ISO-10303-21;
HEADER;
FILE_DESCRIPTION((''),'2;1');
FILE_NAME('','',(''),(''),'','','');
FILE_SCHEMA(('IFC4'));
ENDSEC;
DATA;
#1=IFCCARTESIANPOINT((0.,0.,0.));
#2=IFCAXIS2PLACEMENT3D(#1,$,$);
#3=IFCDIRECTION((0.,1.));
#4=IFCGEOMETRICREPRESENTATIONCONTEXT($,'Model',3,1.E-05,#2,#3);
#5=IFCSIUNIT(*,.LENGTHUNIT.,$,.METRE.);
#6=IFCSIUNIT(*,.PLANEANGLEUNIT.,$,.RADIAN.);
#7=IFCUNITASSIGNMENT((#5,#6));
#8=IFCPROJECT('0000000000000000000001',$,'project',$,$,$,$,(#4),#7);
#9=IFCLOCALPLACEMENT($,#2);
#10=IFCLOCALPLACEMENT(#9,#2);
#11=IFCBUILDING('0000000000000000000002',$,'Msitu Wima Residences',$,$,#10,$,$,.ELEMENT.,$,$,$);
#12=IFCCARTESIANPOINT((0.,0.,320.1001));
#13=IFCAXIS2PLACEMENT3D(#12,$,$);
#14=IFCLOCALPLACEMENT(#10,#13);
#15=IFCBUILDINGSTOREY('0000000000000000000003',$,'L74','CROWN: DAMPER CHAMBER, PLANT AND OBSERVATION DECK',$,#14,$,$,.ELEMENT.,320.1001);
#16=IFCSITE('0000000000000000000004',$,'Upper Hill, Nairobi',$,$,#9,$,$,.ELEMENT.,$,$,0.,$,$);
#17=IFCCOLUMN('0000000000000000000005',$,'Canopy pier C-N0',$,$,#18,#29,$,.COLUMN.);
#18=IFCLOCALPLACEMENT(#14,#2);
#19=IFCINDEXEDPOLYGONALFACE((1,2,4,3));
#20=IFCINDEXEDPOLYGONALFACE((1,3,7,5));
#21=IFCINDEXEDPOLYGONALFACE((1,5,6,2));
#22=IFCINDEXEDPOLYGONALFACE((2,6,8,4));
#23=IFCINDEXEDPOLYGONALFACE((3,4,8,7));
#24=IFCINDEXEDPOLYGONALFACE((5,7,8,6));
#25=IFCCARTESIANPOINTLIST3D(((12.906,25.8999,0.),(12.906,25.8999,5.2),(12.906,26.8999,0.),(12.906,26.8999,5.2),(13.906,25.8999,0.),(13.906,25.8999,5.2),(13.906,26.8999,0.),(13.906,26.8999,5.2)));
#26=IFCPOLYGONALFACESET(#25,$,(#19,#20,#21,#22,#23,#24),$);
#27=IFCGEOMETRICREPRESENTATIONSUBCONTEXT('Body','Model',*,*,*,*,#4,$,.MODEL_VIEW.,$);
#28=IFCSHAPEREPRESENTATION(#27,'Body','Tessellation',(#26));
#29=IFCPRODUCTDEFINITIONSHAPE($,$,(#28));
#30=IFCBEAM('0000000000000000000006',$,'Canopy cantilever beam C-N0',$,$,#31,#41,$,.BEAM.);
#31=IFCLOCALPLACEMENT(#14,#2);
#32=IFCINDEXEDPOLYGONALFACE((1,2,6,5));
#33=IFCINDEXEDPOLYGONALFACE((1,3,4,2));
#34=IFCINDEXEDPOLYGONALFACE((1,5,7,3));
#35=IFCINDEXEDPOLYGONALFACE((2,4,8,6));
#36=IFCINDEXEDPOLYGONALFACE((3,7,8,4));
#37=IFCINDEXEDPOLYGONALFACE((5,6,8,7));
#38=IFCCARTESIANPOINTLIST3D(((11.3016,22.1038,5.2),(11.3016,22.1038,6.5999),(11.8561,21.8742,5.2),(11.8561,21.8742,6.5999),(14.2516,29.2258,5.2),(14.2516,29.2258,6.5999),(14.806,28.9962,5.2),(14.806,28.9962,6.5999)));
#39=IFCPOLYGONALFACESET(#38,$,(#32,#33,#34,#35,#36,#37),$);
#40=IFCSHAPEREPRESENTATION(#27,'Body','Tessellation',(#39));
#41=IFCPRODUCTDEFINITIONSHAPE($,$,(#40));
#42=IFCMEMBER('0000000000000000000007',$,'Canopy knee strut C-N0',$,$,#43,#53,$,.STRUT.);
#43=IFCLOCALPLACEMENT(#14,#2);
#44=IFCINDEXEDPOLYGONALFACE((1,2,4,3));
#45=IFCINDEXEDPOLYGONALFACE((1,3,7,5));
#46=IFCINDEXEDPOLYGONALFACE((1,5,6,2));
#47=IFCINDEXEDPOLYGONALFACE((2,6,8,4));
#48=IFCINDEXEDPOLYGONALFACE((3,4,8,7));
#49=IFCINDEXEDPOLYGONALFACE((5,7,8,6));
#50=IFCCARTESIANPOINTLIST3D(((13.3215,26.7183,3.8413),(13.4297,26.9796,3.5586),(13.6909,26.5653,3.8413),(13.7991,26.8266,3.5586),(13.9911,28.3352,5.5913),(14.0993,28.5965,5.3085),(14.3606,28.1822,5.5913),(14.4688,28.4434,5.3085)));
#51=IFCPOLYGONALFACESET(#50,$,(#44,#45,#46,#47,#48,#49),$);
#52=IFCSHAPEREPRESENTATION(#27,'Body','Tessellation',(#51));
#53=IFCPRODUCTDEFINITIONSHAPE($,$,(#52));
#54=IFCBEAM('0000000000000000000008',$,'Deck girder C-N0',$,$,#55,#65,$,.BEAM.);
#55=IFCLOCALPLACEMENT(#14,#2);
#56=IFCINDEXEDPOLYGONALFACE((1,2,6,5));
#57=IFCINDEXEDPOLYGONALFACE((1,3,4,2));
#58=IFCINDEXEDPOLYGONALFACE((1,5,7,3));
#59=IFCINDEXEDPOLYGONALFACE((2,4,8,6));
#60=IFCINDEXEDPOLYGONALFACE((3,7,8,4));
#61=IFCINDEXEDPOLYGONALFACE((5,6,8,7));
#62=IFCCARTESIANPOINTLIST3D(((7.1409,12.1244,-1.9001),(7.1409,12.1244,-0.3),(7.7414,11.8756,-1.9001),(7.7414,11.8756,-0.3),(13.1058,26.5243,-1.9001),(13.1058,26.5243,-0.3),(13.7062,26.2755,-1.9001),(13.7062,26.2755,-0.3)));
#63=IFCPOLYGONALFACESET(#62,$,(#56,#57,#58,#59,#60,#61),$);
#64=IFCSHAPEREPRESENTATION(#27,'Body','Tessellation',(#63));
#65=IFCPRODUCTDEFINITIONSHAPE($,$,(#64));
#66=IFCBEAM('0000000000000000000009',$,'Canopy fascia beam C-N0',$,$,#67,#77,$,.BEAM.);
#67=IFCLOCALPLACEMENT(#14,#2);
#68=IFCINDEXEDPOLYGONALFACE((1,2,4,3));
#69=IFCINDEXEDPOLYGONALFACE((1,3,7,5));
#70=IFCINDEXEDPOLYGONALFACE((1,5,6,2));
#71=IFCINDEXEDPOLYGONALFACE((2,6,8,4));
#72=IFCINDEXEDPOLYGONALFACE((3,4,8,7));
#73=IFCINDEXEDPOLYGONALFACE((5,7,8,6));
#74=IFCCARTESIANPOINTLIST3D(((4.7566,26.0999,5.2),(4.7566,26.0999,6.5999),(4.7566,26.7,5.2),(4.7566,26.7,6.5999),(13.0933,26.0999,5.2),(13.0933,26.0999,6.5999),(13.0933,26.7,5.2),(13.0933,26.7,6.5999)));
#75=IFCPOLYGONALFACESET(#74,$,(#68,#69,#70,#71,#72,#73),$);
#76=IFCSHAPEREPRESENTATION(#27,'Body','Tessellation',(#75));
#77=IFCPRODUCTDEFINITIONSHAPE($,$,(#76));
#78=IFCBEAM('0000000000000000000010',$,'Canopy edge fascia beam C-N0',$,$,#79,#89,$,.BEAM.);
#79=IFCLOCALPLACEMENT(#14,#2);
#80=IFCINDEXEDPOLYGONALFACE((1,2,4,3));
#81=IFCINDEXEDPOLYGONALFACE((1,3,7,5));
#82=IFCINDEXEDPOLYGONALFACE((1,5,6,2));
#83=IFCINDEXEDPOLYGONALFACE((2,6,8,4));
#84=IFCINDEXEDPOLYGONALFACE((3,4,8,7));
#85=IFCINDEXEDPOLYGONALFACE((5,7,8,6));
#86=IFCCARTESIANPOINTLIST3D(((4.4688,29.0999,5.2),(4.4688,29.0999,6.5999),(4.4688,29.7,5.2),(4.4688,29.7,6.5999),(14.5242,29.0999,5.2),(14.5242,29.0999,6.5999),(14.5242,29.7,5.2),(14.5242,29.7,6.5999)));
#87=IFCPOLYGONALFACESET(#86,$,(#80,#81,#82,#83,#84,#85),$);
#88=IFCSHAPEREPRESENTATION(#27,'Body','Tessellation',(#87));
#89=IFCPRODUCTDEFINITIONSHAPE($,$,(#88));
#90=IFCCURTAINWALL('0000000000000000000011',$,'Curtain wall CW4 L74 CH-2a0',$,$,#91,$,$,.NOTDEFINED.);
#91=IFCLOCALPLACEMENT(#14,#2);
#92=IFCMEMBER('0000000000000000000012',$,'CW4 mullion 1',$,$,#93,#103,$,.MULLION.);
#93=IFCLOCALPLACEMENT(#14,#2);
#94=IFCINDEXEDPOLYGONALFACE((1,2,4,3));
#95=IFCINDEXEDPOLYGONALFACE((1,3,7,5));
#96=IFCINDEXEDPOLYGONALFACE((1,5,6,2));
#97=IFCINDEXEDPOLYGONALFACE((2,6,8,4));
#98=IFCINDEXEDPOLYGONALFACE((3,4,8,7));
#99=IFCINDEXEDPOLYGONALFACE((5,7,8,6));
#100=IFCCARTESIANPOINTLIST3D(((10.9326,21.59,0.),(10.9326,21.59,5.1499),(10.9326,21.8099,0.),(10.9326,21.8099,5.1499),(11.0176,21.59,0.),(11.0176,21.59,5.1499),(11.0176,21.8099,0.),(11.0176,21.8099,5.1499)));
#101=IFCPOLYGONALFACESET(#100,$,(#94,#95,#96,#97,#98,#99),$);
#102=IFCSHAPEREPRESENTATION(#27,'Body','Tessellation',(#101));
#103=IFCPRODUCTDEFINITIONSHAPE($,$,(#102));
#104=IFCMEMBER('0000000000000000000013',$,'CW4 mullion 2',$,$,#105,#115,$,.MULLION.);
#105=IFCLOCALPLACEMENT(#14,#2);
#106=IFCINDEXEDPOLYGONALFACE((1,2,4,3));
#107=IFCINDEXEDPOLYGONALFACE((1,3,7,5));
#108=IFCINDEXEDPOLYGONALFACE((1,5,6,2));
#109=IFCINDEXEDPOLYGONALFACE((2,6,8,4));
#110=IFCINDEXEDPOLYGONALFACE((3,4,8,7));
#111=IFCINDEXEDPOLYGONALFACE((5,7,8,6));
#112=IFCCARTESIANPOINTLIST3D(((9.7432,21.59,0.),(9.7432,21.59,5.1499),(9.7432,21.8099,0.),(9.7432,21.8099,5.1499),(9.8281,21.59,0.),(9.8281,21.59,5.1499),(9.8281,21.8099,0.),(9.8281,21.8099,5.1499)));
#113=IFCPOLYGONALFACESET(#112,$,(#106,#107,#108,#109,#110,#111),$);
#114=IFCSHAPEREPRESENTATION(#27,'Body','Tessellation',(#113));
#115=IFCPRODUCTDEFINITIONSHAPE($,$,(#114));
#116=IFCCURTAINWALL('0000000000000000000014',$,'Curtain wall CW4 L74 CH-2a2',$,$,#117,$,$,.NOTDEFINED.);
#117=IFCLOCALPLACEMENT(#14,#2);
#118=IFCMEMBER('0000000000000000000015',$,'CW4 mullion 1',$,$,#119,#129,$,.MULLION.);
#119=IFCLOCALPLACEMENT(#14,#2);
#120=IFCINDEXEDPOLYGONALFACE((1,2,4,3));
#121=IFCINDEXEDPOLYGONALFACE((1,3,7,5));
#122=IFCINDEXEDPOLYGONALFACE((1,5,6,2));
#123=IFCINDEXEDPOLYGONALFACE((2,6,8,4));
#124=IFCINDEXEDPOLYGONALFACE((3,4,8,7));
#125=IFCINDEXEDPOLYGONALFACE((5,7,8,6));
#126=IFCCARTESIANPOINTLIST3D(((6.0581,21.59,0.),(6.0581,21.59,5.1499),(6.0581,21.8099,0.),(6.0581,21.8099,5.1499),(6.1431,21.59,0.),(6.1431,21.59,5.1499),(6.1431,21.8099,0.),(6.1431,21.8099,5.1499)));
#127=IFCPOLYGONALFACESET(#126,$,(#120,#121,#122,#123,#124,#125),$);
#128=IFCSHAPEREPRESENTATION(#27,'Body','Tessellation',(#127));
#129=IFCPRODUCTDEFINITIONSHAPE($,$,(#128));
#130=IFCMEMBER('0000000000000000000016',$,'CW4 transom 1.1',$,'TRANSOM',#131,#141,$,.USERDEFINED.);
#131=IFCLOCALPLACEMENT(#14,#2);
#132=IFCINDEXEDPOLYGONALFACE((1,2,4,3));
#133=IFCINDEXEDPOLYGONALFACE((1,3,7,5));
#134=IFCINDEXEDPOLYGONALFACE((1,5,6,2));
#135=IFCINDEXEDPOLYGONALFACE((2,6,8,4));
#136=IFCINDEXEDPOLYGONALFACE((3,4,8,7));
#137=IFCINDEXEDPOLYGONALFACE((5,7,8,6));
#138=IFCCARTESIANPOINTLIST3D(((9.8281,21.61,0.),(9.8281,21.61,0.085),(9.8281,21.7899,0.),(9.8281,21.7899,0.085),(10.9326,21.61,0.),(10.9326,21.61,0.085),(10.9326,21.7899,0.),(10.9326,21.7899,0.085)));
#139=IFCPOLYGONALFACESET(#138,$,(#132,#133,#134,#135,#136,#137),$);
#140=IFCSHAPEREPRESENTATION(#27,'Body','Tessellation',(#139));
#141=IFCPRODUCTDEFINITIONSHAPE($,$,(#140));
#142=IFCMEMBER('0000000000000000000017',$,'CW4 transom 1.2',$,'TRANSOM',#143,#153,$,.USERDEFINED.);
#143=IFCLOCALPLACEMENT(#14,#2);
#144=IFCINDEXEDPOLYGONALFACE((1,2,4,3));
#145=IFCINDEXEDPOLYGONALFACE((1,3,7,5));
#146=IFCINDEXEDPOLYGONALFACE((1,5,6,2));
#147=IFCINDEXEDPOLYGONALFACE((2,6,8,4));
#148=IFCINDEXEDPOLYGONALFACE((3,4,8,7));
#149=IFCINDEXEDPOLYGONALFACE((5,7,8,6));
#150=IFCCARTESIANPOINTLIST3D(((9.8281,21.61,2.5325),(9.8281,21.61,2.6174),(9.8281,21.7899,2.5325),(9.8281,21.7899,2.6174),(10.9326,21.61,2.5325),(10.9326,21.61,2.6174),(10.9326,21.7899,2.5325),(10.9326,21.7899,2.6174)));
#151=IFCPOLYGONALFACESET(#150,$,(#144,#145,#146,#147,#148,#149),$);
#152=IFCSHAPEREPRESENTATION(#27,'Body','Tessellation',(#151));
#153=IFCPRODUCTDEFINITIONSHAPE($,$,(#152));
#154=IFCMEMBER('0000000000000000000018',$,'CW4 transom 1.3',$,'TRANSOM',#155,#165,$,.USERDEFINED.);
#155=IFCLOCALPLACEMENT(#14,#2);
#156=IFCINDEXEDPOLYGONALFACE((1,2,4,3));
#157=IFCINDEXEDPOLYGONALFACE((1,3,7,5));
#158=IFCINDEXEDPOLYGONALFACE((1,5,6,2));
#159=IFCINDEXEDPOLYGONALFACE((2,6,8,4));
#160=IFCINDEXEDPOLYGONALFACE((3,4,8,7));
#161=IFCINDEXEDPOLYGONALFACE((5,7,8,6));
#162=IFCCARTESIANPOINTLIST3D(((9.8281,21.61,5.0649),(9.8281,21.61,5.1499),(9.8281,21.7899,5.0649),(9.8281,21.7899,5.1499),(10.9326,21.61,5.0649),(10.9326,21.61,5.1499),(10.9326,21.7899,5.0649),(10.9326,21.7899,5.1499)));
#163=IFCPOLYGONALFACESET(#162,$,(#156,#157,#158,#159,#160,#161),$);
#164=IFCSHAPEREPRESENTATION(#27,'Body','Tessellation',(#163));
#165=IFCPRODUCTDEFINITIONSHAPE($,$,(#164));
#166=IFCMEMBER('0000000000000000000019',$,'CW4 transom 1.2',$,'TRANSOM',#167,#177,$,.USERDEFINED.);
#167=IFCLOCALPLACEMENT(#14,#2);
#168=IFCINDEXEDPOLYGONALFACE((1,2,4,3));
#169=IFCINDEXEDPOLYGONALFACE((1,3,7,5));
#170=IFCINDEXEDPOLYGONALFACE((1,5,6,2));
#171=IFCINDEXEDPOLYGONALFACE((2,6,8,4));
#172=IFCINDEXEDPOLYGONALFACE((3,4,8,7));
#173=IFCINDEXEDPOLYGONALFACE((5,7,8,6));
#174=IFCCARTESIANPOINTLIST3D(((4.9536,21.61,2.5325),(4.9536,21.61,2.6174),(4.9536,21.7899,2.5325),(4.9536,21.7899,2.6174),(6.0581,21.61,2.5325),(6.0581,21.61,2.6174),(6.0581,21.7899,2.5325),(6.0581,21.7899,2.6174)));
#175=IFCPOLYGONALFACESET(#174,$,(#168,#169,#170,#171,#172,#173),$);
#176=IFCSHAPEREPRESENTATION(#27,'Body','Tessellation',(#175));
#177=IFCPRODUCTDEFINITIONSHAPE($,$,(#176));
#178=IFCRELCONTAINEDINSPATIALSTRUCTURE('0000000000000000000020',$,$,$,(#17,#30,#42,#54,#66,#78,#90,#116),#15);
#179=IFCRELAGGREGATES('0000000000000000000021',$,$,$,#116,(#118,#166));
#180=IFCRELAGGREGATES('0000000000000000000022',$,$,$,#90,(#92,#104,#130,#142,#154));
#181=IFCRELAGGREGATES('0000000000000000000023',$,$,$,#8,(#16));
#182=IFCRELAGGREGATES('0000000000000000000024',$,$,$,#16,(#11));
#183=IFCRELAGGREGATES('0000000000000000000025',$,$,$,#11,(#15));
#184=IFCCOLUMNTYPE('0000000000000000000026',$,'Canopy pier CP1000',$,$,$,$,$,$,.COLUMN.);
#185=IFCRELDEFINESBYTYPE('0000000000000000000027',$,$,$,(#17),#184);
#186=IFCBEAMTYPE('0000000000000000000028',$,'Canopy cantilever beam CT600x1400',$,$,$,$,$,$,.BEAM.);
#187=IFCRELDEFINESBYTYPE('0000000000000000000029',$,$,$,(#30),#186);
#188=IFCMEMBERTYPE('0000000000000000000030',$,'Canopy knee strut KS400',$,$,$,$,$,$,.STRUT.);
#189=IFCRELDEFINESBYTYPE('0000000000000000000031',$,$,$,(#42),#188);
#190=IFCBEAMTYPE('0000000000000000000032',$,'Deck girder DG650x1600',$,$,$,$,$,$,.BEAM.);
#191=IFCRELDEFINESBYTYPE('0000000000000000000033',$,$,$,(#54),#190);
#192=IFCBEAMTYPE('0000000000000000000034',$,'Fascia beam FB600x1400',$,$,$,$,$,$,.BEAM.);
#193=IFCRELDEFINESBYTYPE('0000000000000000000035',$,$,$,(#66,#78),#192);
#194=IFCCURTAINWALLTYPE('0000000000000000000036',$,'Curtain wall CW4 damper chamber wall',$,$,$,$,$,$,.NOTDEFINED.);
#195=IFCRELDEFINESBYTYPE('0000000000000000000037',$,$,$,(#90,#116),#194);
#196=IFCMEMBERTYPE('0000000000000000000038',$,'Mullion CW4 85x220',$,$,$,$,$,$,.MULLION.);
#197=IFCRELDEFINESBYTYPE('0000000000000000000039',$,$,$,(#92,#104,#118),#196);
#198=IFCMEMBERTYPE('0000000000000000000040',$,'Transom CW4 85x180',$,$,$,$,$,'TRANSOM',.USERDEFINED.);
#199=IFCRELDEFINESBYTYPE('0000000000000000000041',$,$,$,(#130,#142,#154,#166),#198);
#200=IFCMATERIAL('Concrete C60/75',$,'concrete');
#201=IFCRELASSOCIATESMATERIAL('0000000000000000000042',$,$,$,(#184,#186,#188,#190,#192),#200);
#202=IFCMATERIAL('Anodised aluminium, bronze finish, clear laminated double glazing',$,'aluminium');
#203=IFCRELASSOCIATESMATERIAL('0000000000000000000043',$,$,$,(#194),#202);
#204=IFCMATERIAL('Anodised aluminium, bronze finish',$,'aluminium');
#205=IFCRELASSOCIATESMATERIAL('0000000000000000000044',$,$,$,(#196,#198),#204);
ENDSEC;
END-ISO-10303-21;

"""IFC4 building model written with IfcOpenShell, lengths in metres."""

from ifc_helpers import new_model, si_unit, direction, frame, origin, origin_2d, place, context, subcontext, project, spatial, rectangle, extrude, material, material_profile, profile_set, type_object, element, aggregate, save


model = new_model("IFC4")

# Units and contexts
model_context = context("Model", 3, precision=1e-05, world=origin(), true_north=direction((0.0, 1.0)))
body_context = subcontext(model_context, "Body", "Model", "MODEL_VIEW")
ifc_project = project(units=[si_unit("LENGTHUNIT", "METRE"), si_unit("PLANEANGLEUNIT", "RADIAN")], contexts=[model_context])

# Site, building, storey
site_placement = place(None, origin())
site = spatial("IfcSite", under=ifc_project, at=site_placement, Name="Upper Hill, Nairobi", CompositionType="ELEMENT", RefElevation=0.0)
building_placement = place(site_placement, origin())
building = spatial("IfcBuilding", under=site, at=building_placement, Name="Msitu Wima Residences", CompositionType="ELEMENT")
storey_placement = place(building_placement, frame((0.0, 0.0, 320.1001)))
storey = spatial("IfcBuildingStorey", under=building, at=storey_placement, Name="L74", Description="CROWN: DAMPER CHAMBER, PLANT AND OBSERVATION DECK", CompositionType="ELEMENT", Elevation=320.1001)

# Column
ifc_material_1 = material(Name="Concrete C60/75", Category="concrete")
ifc_material_profile_1 = material_profile(ifc_material_1, rectangle(XDim=1.0, YDim=1.0, at=origin_2d()), Name="RC 1000x1000")
ifc_profile_set_1 = profile_set([ifc_material_profile_1], Name="Concrete C60/75")
column_type = type_object("IfcColumnType", Name="Canopy pier CP1000", PredefinedType="COLUMN", material=ifc_profile_set_1)
column_placement = place(storey_placement, frame((13.406, 26.3999, 0.0), z_axis=(0.0, 0.0, 1.0), x_axis=(1.0, 0.0, 0.0)))
element("IfcColumn", 1, at=column_placement, inside=storey, type_object=column_type, Name="Canopy pier C-N0", PredefinedType="COLUMN", context=body_context, shape_type="SweptSolid", body=[
    extrude(rectangle(XDim=1.0, YDim=1.0, at=origin_2d()), origin(), (0.0, 0.0, 1.0), 5.2),
])

# Beam
ifc_material_profile_2 = material_profile(ifc_material_1, rectangle(XDim=0.6001, YDim=1.3999, at=origin_2d()), Name="RC 600x1400")
ifc_profile_set_2 = profile_set([ifc_material_profile_2], Name="Concrete C60/75")
beam_type_1 = type_object("IfcBeamType", Name="Canopy cantilever beam CT600x1400", PredefinedType="BEAM", material=ifc_profile_set_2)
beam_1_placement = place(storey_placement, frame((11.5789, 21.989, 5.8999), z_axis=(0.382672, 0.923884, 0.0), x_axis=(-0.923884, 0.382672, 0.0)))
element("IfcBeam", 2, at=beam_1_placement, inside=storey, type_object=beam_type_1, Name="Canopy cantilever beam C-N0", PredefinedType="BEAM", context=body_context, shape_type="SweptSolid", body=[
    extrude(rectangle(XDim=0.6001, YDim=1.3999, at=origin_2d()), origin(), (0.0, 0.0, 1.0), 7.7087),
])

# Member
ifc_material_profile_3 = material_profile(ifc_material_1, rectangle(XDim=0.3999, YDim=0.3999, at=origin_2d()), Name="RC 400x400")
ifc_profile_set_3 = profile_set([ifc_material_profile_3], Name="Concrete C60/75")
member_type_1 = type_object("IfcMemberType", Name="Canopy knee strut KS400", PredefinedType="STRUT", material=ifc_profile_set_3)
member_1_placement = place(storey_placement, frame((13.5603, 26.7725, 3.7), z_axis=(0.27058, 0.653318, 0.707079), x_axis=(-0.923896, 0.382643, 0.0)))
element("IfcMember", 3, at=member_1_placement, inside=storey, type_object=member_type_1, Name="Canopy knee strut C-N0", PredefinedType="STRUT", context=body_context, shape_type="SweptSolid", body=[
    extrude(rectangle(XDim=0.3999, YDim=0.3999, at=origin_2d()), origin(), (0.0, 0.0, 1.0), 2.4749),
])

# Beams
ifc_material_profile_4 = material_profile(ifc_material_1, rectangle(XDim=0.6499, YDim=1.6001, at=origin_2d()), Name="RC 650x1600")
ifc_profile_set_4 = profile_set([ifc_material_profile_4], Name="Concrete C60/75")
beam_type_2 = type_object("IfcBeamType", Name="Deck girder DG650x1600", PredefinedType="BEAM", material=ifc_profile_set_4)
beam_2_placement = place(storey_placement, frame((13.406, 26.3999, -1.1001), z_axis=(-0.382695, -0.923875, 0.0), x_axis=(0.923875, -0.382695, 0.0)))
element("IfcBeam", 4, at=beam_2_placement, inside=storey, type_object=beam_type_2, Name="Deck girder C-N0", PredefinedType="BEAM", context=body_context, shape_type="SweptSolid", body=[
    extrude(rectangle(XDim=0.6499, YDim=1.6001, at=origin_2d()), origin(), (0.0, 0.0, 1.0), 15.5864),
])
ifc_material_profile_5 = material_profile(ifc_material_1, rectangle(XDim=0.6001, YDim=1.3999, at=origin_2d()), Name="RC 600x1400")
ifc_profile_set_5 = profile_set([ifc_material_profile_5], Name="Concrete C60/75")
beam_type_3 = type_object("IfcBeamType", Name="Fascia beam FB600x1400", PredefinedType="BEAM", material=ifc_profile_set_5)
beam_3_placement = place(storey_placement, frame((13.0933, 26.3999, 5.8999), z_axis=(-1.0, 0.0, 0.0), x_axis=(0.0, -1.0, 0.0)))
element("IfcBeam", 5, at=beam_3_placement, inside=storey, type_object=beam_type_3, Name="Canopy fascia beam C-N0", PredefinedType="BEAM", context=body_context, shape_type="SweptSolid", body=[
    extrude(rectangle(XDim=0.6001, YDim=1.3999, at=origin_2d()), origin(), (0.0, 0.0, 1.0), 8.3367),
])
beam_4_placement = place(storey_placement, frame((14.5242, 29.3999, 5.8999), z_axis=(-1.0, 0.0, 0.0), x_axis=(0.0, -1.0, 0.0)))
element("IfcBeam", 6, at=beam_4_placement, inside=storey, type_object=beam_type_3, Name="Canopy edge fascia beam C-N0", PredefinedType="BEAM", context=body_context, shape_type="SweptSolid", body=[
    extrude(rectangle(XDim=0.6001, YDim=1.3999, at=origin_2d()), origin(), (0.0, 0.0, 1.0), 10.0554),
])

# Curtain wall, members
ifc_material_2 = material(Name="Anodised aluminium, bronze finish, clear laminated double glazing", Category="aluminium")
curtain_wall_type = type_object("IfcCurtainWallType", Name="Curtain wall CW4 damper chamber wall", PredefinedType="NOTDEFINED", material=ifc_material_2)
curtain_wall_1_placement = place(storey_placement, origin())
curtain_wall_1 = element("IfcCurtainWall", 7, at=curtain_wall_1_placement, inside=storey, type_object=curtain_wall_type, Name="Curtain wall CW4 L74 CH-2a0", PredefinedType="NOTDEFINED")
ifc_material_3 = material(Name="Anodised aluminium, bronze finish", Category="aluminium")
ifc_material_profile_6 = material_profile(ifc_material_3, rectangle(XDim=0.22, YDim=0.085, at=origin_2d()), Name="Mullion 85x220")
ifc_profile_set_6 = profile_set([ifc_material_profile_6], Name="Anodised aluminium, bronze finish")
member_type_2 = type_object("IfcMemberType", Name="Mullion CW4 85x220", PredefinedType="MULLION", material=ifc_profile_set_6)
member_2_placement = place(storey_placement, frame((10.9751, 21.7, 0.0), z_axis=(0.0, 0.0, 1.0), x_axis=(0.0, -1.0, 0.0)))
member_2 = element("IfcMember", 8, at=member_2_placement, type_object=member_type_2, Name="CW4 mullion 1", PredefinedType="MULLION", context=body_context, shape_type="SweptSolid", body=[
    extrude(rectangle(XDim=0.22, YDim=0.085, at=origin_2d()), origin(), (0.0, 0.0, 1.0), 5.1499),
])
member_3_placement = place(storey_placement, frame((9.7856, 21.7, 0.0), z_axis=(0.0, 0.0, 1.0), x_axis=(0.0, -1.0, 0.0)))
member_3 = element("IfcMember", 9, at=member_3_placement, type_object=member_type_2, Name="CW4 mullion 2", PredefinedType="MULLION", context=body_context, shape_type="SweptSolid", body=[
    extrude(rectangle(XDim=0.22, YDim=0.085, at=origin_2d()), origin(), (0.0, 0.0, 1.0), 5.1499),
])

# Curtain wall, member
curtain_wall_2_placement = place(storey_placement, origin())
curtain_wall_2 = element("IfcCurtainWall", 10, at=curtain_wall_2_placement, inside=storey, type_object=curtain_wall_type, Name="Curtain wall CW4 L74 CH-2a2", PredefinedType="NOTDEFINED")
member_4_placement = place(storey_placement, frame((6.1006, 21.7, 0.0), z_axis=(0.0, 0.0, 1.0), x_axis=(0.0, -1.0, 0.0)))
member_4 = element("IfcMember", 11, at=member_4_placement, type_object=member_type_2, Name="CW4 mullion 1", PredefinedType="MULLION", context=body_context, shape_type="SweptSolid", body=[
    extrude(rectangle(XDim=0.22, YDim=0.085, at=origin_2d()), origin(), (0.0, 0.0, 1.0), 5.1499),
])

# Members
ifc_material_profile_7 = material_profile(ifc_material_3, rectangle(XDim=0.1799, YDim=0.085, at=origin_2d()), Name="Transom 85x180")
ifc_profile_set_7 = profile_set([ifc_material_profile_7], Name="Anodised aluminium, bronze finish")
member_type_3 = type_object("IfcMemberType", Name="Transom CW4 85x180", ElementType="TRANSOM", PredefinedType="USERDEFINED", material=ifc_profile_set_7)
member_5_placement = place(storey_placement, frame((10.9326, 21.7, 0.0425), z_axis=(-1.0, 0.0, 0.0), x_axis=(0.0, -1.0, 0.0)))
member_5 = element("IfcMember", 12, at=member_5_placement, type_object=member_type_3, Name="CW4 transom 1.1", ObjectType="TRANSOM", PredefinedType="USERDEFINED", context=body_context, shape_type="SweptSolid", body=[
    extrude(rectangle(XDim=0.1799, YDim=0.085, at=origin_2d()), origin(), (0.0, 0.0, 1.0), 1.1045),
])
member_6_placement = place(storey_placement, frame((10.9326, 21.7, 2.575), z_axis=(-1.0, 0.0, 0.0), x_axis=(0.0, -1.0, 0.0)))
member_6 = element("IfcMember", 13, at=member_6_placement, type_object=member_type_3, Name="CW4 transom 1.2", ObjectType="TRANSOM", PredefinedType="USERDEFINED", context=body_context, shape_type="SweptSolid", body=[
    extrude(rectangle(XDim=0.1799, YDim=0.085, at=origin_2d()), origin(), (0.0, 0.0, 1.0), 1.1045),
])
member_7_placement = place(storey_placement, frame((10.9326, 21.7, 5.1074), z_axis=(-1.0, 0.0, 0.0), x_axis=(0.0, -1.0, 0.0)))
member_7 = element("IfcMember", 14, at=member_7_placement, type_object=member_type_3, Name="CW4 transom 1.3", ObjectType="TRANSOM", PredefinedType="USERDEFINED", context=body_context, shape_type="SweptSolid", body=[
    extrude(rectangle(XDim=0.1799, YDim=0.085, at=origin_2d()), origin(), (0.0, 0.0, 1.0), 1.1045),
])
member_8_placement = place(storey_placement, frame((6.0581, 21.7, 2.575), z_axis=(-1.0, 0.0, 0.0), x_axis=(0.0, -1.0, 0.0)))
member_8 = element("IfcMember", 15, at=member_8_placement, type_object=member_type_3, Name="CW4 transom 1.2", ObjectType="TRANSOM", PredefinedType="USERDEFINED", context=body_context, shape_type="SweptSolid", body=[
    extrude(rectangle(XDim=0.1799, YDim=0.085, at=origin_2d()), origin(), (0.0, 0.0, 1.0), 1.1045),
])
aggregate(curtain_wall_2, [member_4, member_8])

aggregate(curtain_wall_1, [member_2, member_3, member_5, member_6, member_7])

save(model, "model.ifc")
